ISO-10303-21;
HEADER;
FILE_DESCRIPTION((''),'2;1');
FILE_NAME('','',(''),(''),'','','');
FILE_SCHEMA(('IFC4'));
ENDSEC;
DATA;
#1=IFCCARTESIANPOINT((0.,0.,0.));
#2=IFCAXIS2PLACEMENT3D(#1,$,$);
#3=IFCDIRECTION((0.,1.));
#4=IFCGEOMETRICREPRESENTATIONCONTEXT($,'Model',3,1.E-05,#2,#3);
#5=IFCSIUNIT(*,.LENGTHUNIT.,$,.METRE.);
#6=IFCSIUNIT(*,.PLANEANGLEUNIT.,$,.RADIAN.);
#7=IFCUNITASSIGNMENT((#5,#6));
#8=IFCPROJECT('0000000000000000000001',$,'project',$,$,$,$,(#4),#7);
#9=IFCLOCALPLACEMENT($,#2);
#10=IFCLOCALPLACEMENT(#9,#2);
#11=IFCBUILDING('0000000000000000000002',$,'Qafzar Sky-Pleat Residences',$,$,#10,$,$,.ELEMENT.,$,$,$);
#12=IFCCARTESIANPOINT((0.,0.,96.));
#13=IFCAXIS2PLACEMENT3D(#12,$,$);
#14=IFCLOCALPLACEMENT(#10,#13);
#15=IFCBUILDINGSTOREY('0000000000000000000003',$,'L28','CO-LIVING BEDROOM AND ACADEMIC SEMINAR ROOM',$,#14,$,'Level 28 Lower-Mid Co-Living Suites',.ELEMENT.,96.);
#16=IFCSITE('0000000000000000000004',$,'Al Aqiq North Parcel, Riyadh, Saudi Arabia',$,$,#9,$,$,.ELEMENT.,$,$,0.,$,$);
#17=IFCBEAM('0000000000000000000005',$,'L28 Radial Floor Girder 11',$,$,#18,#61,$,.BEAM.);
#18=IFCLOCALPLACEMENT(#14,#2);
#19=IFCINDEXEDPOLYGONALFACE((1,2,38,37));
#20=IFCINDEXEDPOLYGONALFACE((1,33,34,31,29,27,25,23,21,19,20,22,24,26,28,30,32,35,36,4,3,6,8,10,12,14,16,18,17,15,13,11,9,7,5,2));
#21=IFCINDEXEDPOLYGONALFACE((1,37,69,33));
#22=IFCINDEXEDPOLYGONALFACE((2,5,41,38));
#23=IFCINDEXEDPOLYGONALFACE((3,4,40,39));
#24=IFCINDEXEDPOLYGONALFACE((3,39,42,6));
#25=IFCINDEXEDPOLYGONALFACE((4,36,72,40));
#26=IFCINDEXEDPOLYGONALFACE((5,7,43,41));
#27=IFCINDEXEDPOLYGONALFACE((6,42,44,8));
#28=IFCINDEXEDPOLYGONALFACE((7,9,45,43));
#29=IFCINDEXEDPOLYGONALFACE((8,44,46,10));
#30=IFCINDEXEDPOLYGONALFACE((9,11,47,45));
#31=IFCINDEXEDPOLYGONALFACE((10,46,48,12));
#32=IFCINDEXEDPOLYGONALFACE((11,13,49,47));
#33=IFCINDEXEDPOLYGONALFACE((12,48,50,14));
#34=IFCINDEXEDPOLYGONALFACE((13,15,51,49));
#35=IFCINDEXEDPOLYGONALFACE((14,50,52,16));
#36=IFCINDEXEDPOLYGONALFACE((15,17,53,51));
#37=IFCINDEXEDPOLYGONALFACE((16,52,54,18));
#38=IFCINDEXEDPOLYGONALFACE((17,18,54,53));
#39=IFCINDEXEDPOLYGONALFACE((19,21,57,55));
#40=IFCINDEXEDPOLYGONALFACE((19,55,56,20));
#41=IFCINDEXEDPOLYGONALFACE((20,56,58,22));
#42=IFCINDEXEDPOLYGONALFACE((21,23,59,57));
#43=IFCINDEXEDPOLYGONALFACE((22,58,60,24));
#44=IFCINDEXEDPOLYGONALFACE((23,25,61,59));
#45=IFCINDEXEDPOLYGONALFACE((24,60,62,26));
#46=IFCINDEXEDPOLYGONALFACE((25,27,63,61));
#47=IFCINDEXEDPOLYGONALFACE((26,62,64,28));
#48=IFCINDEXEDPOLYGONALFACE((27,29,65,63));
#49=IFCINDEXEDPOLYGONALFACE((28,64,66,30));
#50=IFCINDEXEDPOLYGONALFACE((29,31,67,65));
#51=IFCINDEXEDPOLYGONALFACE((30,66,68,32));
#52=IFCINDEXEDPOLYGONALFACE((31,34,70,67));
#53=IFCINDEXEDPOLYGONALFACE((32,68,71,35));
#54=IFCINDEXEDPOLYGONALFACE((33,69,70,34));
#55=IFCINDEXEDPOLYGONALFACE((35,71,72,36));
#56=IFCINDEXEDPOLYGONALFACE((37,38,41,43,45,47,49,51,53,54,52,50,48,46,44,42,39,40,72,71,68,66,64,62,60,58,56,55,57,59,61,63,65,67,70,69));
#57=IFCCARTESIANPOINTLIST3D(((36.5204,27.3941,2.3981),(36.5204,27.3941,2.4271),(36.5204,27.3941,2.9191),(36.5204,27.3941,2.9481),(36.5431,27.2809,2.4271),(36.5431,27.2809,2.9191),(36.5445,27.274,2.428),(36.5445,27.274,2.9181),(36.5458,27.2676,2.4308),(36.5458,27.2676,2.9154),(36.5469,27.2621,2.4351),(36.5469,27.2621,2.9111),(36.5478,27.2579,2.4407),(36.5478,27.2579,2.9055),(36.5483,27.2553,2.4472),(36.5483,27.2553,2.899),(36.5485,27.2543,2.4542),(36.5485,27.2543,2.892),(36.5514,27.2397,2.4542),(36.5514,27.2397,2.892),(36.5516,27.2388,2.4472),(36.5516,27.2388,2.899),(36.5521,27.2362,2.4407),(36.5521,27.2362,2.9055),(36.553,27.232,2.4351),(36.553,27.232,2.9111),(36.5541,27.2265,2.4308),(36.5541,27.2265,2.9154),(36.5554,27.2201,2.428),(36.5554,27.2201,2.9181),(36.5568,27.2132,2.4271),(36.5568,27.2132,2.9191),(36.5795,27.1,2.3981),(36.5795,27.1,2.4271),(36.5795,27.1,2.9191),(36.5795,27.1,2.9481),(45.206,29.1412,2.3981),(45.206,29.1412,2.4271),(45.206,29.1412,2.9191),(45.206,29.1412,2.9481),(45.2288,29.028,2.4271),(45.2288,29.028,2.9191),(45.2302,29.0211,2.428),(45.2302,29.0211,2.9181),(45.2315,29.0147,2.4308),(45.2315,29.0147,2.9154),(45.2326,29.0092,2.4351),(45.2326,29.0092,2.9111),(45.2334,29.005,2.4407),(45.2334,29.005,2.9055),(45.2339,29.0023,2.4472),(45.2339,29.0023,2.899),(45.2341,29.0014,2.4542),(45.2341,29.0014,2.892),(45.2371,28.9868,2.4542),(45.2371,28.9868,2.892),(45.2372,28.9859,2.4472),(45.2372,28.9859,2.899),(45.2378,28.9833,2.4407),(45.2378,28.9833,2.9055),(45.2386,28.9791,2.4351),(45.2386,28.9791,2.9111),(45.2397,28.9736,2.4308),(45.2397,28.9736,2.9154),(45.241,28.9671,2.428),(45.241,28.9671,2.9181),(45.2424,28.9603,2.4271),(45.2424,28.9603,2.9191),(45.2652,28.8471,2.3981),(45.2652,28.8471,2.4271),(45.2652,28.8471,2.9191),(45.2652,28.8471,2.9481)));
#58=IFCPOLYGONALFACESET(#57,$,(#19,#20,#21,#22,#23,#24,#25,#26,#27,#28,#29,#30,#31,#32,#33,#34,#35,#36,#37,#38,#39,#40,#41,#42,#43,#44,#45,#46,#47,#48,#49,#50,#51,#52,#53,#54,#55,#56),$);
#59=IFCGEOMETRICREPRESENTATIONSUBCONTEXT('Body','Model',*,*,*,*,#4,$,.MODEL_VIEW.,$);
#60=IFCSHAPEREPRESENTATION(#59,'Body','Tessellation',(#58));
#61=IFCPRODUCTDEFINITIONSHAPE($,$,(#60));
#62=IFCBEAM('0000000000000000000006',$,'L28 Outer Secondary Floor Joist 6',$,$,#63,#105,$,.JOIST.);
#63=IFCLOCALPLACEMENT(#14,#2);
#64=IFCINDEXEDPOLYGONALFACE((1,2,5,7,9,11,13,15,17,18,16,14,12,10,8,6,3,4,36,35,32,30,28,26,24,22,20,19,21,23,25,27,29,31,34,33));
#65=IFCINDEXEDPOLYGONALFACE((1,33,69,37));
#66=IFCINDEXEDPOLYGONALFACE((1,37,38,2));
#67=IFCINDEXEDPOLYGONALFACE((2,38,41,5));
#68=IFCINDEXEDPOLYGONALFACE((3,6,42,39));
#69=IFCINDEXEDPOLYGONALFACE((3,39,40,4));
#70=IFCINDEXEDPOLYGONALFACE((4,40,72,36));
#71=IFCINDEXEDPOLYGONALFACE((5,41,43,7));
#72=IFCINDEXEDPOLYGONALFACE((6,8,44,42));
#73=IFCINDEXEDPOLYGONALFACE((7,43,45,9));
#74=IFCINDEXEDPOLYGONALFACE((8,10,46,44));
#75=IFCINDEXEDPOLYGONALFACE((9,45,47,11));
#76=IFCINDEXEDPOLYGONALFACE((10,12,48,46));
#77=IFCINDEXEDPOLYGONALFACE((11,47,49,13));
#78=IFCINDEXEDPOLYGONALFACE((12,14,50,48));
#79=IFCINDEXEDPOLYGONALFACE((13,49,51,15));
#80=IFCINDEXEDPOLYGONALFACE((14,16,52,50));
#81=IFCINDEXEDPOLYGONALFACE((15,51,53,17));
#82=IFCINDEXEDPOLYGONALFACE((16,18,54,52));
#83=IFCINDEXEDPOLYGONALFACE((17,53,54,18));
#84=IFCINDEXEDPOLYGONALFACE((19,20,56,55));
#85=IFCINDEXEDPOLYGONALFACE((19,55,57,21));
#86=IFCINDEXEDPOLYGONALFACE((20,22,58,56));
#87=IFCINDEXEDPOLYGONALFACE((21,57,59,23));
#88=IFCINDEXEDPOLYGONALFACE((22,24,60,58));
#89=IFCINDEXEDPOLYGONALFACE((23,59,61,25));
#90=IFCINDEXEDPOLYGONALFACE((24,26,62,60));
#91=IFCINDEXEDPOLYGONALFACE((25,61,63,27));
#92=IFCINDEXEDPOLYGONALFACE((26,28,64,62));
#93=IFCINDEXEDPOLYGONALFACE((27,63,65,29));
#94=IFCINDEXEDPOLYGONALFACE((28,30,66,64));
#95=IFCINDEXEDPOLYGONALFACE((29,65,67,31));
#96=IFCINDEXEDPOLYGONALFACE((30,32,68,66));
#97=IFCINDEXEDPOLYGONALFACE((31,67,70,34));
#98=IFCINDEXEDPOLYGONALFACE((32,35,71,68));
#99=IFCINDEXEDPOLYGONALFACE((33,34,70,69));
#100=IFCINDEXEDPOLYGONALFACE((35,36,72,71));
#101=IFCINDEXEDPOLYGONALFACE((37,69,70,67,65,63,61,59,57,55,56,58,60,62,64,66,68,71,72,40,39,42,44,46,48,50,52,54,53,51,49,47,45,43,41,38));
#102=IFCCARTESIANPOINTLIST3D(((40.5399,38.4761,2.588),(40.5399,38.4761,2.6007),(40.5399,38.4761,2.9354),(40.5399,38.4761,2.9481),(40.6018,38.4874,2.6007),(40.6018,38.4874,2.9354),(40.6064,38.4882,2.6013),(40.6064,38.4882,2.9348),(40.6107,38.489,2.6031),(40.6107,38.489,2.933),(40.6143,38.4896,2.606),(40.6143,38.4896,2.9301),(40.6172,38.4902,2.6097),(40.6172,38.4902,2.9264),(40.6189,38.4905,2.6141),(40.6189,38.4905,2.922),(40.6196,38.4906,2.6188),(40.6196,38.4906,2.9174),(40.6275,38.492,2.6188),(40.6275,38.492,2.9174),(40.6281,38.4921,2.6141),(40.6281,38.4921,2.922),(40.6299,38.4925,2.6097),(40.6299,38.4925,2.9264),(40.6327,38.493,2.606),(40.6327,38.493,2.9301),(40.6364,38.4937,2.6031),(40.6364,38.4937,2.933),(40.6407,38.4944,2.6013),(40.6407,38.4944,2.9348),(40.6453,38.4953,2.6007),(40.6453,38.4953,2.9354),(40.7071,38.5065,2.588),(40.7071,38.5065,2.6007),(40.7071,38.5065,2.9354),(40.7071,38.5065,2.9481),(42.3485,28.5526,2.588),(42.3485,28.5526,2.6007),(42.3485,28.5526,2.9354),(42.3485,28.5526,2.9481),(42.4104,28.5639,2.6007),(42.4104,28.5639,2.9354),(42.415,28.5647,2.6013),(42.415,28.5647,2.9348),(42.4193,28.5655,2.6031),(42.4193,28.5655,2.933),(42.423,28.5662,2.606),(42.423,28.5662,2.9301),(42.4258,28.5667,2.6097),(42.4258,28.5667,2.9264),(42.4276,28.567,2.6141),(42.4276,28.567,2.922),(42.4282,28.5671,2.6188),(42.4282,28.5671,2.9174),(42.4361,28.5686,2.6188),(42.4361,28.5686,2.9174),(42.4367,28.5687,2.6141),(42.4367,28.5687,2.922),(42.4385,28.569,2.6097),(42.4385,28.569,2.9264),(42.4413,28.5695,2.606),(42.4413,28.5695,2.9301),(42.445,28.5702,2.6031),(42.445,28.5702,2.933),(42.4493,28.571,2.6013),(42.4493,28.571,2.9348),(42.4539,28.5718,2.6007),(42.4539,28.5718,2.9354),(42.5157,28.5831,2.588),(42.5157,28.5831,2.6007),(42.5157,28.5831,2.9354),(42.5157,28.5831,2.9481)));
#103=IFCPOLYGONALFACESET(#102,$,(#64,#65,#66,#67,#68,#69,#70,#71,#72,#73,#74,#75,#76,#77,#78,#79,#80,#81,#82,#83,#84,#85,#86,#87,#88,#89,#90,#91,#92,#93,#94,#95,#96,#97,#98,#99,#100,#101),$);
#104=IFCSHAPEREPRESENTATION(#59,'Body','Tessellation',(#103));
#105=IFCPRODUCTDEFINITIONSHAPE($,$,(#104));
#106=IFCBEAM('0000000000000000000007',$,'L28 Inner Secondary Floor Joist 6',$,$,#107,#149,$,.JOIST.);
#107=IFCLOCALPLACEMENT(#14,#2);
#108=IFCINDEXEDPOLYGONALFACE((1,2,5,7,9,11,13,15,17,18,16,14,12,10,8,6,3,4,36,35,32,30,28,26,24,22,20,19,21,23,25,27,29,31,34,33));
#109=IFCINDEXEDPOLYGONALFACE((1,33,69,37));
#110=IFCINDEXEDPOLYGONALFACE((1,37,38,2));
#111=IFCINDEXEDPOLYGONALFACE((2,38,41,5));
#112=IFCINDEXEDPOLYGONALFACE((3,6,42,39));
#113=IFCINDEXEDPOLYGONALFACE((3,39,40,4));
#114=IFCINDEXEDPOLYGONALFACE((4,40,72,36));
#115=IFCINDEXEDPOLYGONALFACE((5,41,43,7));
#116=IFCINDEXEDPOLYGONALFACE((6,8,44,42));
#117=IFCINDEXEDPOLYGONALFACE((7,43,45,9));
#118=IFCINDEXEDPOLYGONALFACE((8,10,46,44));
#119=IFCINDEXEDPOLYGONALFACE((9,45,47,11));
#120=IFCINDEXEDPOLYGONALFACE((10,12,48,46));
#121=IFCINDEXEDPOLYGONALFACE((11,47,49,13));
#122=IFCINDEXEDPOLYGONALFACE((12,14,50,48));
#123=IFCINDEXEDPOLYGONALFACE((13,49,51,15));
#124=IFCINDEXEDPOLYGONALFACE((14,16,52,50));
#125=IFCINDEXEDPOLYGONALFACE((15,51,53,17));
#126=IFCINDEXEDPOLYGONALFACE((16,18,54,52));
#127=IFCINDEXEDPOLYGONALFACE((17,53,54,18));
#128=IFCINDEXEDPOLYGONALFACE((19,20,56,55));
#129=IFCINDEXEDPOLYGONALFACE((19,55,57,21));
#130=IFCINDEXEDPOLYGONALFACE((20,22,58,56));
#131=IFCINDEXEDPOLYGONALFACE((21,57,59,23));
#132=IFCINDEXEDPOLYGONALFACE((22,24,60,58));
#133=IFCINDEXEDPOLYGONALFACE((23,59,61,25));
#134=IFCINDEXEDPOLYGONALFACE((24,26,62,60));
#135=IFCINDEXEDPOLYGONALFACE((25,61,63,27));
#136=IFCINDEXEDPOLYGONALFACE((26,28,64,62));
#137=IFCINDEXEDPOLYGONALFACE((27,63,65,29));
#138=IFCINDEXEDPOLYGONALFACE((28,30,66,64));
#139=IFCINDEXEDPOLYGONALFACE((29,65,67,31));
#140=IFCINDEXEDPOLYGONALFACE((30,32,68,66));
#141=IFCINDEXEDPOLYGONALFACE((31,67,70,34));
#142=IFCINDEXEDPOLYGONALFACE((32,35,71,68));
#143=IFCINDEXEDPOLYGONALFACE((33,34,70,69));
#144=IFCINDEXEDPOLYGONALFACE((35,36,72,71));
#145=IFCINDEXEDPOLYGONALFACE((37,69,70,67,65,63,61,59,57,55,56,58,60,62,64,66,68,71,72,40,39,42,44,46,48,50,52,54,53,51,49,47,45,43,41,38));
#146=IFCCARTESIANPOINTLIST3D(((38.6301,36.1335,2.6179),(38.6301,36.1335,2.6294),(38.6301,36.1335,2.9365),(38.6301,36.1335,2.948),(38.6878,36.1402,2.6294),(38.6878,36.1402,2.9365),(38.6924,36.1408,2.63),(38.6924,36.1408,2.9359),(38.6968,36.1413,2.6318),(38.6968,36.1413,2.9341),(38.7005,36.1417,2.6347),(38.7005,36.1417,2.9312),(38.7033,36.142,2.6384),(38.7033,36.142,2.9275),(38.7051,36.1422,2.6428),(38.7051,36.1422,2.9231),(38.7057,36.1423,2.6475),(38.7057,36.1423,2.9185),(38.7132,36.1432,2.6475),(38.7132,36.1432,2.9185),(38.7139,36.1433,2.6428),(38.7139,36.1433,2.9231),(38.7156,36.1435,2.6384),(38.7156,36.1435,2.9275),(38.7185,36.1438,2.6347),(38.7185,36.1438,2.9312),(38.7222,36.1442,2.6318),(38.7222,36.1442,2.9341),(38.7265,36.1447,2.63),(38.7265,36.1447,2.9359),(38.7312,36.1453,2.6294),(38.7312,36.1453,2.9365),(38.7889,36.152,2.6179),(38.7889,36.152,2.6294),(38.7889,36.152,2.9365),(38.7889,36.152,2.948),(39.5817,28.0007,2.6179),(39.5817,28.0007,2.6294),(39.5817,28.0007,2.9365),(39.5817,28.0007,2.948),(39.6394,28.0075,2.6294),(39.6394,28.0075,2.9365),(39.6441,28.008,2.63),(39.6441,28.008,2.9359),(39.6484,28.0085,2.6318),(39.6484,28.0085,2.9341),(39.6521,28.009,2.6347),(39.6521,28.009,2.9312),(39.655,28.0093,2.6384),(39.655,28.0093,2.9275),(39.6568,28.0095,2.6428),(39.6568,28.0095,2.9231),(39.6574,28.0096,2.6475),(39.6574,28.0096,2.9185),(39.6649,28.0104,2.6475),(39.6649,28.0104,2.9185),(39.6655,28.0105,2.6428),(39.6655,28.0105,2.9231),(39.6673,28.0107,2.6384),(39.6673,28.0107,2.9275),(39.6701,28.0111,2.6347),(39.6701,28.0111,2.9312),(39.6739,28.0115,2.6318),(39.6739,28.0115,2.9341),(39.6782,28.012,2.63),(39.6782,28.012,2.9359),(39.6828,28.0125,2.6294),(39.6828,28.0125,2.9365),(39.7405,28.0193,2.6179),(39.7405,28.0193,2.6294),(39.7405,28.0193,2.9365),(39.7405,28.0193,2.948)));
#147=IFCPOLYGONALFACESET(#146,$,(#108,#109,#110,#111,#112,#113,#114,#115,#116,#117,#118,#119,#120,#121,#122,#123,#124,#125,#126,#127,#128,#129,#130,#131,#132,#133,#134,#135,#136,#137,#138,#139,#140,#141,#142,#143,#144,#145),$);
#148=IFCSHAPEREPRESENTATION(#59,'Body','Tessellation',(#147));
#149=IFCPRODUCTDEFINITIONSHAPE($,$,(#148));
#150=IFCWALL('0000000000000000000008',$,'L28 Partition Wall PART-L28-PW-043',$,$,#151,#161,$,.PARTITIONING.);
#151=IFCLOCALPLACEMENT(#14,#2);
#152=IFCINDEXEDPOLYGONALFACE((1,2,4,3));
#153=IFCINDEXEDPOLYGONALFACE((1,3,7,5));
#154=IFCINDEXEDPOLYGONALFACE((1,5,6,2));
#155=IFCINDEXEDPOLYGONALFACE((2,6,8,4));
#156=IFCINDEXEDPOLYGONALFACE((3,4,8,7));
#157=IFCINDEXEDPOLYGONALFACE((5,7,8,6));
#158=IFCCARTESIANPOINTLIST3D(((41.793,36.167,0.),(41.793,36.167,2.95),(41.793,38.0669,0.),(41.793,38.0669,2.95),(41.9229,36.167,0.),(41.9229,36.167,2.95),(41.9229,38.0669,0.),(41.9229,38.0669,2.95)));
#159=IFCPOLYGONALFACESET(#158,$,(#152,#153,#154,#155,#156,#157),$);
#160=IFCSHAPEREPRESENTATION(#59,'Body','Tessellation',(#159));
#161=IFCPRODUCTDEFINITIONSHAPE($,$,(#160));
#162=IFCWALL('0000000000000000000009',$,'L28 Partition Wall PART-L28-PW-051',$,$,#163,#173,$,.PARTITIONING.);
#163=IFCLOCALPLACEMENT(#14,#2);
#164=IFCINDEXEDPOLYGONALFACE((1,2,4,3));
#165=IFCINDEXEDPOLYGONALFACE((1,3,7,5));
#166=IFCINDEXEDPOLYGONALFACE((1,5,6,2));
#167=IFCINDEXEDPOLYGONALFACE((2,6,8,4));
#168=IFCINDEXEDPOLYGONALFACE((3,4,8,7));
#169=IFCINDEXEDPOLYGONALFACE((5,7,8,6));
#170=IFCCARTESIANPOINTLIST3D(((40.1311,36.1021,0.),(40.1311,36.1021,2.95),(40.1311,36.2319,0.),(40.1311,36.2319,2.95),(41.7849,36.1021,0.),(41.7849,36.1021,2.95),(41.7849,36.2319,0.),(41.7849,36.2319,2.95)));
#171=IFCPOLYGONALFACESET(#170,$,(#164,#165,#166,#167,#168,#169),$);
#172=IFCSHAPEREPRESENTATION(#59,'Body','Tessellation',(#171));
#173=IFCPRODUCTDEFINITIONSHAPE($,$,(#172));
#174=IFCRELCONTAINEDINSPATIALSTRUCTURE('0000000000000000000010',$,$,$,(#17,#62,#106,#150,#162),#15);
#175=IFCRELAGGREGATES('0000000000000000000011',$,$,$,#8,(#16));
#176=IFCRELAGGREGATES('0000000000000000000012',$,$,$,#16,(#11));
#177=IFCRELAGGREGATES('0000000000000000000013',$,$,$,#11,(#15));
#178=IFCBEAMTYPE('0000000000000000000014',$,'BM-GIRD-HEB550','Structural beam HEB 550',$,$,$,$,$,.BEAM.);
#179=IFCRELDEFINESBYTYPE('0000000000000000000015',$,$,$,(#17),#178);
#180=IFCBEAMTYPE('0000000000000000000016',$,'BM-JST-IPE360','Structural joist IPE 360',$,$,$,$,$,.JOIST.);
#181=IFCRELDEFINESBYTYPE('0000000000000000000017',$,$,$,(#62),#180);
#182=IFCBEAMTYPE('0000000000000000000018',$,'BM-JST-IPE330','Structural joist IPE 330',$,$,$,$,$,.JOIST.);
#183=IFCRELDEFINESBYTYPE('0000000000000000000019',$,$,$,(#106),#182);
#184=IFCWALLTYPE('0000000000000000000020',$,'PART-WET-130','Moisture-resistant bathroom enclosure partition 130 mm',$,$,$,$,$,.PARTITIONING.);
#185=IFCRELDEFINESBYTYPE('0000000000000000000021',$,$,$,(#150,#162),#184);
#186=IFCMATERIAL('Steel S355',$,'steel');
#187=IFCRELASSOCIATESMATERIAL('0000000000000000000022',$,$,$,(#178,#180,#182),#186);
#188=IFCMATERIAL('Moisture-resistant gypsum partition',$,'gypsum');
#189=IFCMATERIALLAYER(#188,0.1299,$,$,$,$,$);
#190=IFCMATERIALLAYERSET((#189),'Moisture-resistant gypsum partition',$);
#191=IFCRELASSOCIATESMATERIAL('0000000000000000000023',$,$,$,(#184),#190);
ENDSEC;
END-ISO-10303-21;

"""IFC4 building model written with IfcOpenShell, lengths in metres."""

from ifc_helpers import new_model, si_unit, direction, frame, frame_2d, origin, origin_2d, place, context, subcontext, project, spatial, rectangle, i_section, extrude, source, transform, mapped, material, layer, layer_set, material_profile, profile_set, type_object, element, save


model = new_model("IFC4")

# Units and contexts
model_context = context("Model", 3, precision=1e-05, world=origin(), true_north=direction((0.0, 1.0)))
body_context = subcontext(model_context, "Body", "Model", "MODEL_VIEW")
ifc_project = project(units=[si_unit("LENGTHUNIT", "METRE"), si_unit("PLANEANGLEUNIT", "RADIAN")], contexts=[model_context])

# Site, building, storey
site_placement = place(None, origin())
site = spatial("IfcSite", under=ifc_project, at=site_placement, Name="Al Aqiq North Parcel, Riyadh, Saudi Arabia", CompositionType="ELEMENT", RefElevation=0.0)
building_placement = place(site_placement, origin())
building = spatial("IfcBuilding", under=site, at=building_placement, Name="Qafzar Sky-Pleat Residences", CompositionType="ELEMENT")
storey_placement = place(building_placement, frame((0.0, 0.0, 96.0)))
storey = spatial("IfcBuildingStorey", under=building, at=storey_placement, Name="L28", Description="CO-LIVING BEDROOM AND ACADEMIC SEMINAR ROOM", LongName="Level 28 Lower-Mid Co-Living Suites", CompositionType="ELEMENT", Elevation=96.0)

# Beams
ifc_material_1 = material(Name="Steel S355", Category="steel")
ifc_material_profile_1 = material_profile(ifc_material_1, i_section(OverallWidth=0.3, OverallDepth=0.55, WebThickness=0.0149, FlangeThickness=0.0291, FilletRadius=0.0271, at=origin_2d()), Name="HEB 550")
ifc_profile_set_1 = profile_set([ifc_material_profile_1], Name="Steel S355")
beam_type_1 = type_object("IfcBeamType", Name="BM-GIRD-HEB550", Description="Structural beam HEB 550", PredefinedType="BEAM", material=ifc_profile_set_1)
shared_shape_1 = source(origin(), body_context, "Body", "SweptSolid", [
    extrude(i_section(OverallWidth=0.3, OverallDepth=0.55, WebThickness=0.0149, FlangeThickness=0.0291, FilletRadius=0.0271, at=origin_2d()), origin(), (0.0, 0.0, 1.0), 8.8596),
])
beam_1_placement = place(storey_placement, frame((45.2356, 28.9941, 2.6731), z_axis=(-0.980364, -0.197197, 0.0), x_axis=(0.197197, -0.980364, 0.0)))
element("IfcBeam", 1, at=beam_1_placement, inside=storey, type_object=beam_type_1, Name="L28 Radial Floor Girder 11", PredefinedType="BEAM", context=body_context, shape_type="MappedRepresentation", body=[
    mapped(shared_shape_1, transform((0.0, 0.0, 0.0), x_axis=(1.0, 0.0, 0.0), y_axis=(0.0, 1.0, 0.0), z_axis=(0.0, 0.0, 1.0), scale=1.0)),
])
ifc_material_profile_2 = material_profile(ifc_material_1, i_section(OverallWidth=0.1699, OverallDepth=0.3601, WebThickness=0.0081, FlangeThickness=0.0127, FilletRadius=0.0181, at=origin_2d()), Name="IPE 360")
ifc_profile_set_2 = profile_set([ifc_material_profile_2], Name="Steel S355")
beam_type_2 = type_object("IfcBeamType", Name="BM-JST-IPE360", Description="Structural joist IPE 360", PredefinedType="JOIST", material=ifc_profile_set_2)
shared_shape_2 = source(origin(), body_context, "Body", "SweptSolid", [
    extrude(i_section(OverallWidth=0.1699, OverallDepth=0.3601, WebThickness=0.0081, FlangeThickness=0.0127, FilletRadius=0.0181, at=origin_2d()), origin(), (0.0, 0.0, 1.0), 10.0869),
])
beam_2_placement = place(storey_placement, frame((42.4321, 28.5679, 2.7681), z_axis=(-0.179303, 0.983794, 0.0), x_axis=(-0.983794, -0.179303, 0.0)))
element("IfcBeam", 2, at=beam_2_placement, inside=storey, type_object=beam_type_2, Name="L28 Outer Secondary Floor Joist 6", PredefinedType="JOIST", context=body_context, shape_type="MappedRepresentation", body=[
    mapped(shared_shape_2, transform((0.0, 0.0, 0.0), x_axis=(1.0, 0.0, 0.0), y_axis=(0.0, 1.0, 0.0), z_axis=(0.0, 0.0, 1.0), scale=1.0)),
])
ifc_material_profile_3 = material_profile(ifc_material_1, i_section(OverallWidth=0.1599, OverallDepth=0.3301, WebThickness=0.0076, FlangeThickness=0.0115, FilletRadius=0.0181, at=origin_2d()), Name="IPE 330")
ifc_profile_set_3 = profile_set([ifc_material_profile_3], Name="Steel S355")
beam_type_3 = type_object("IfcBeamType", Name="BM-JST-IPE330", Description="Structural joist IPE 330", PredefinedType="JOIST", material=ifc_profile_set_3)
shared_shape_3 = source(origin(), body_context, "Body", "SweptSolid", [
    extrude(i_section(OverallWidth=0.1599, OverallDepth=0.3301, WebThickness=0.0076, FlangeThickness=0.0115, FilletRadius=0.0181, at=origin_2d()), origin(), (0.0, 0.0, 1.0), 8.1882),
])
beam_3_placement = place(storey_placement, frame((39.6611, 28.01, 2.783), z_axis=(-0.116222, 0.993223, 0.0), x_axis=(-0.993223, -0.116222, 0.0)))
element("IfcBeam", 3, at=beam_3_placement, inside=storey, type_object=beam_type_3, Name="L28 Inner Secondary Floor Joist 6", PredefinedType="JOIST", context=body_context, shape_type="MappedRepresentation", body=[
    mapped(shared_shape_3, transform((0.0, 0.0, 0.0), x_axis=(1.0, 0.0, 0.0), y_axis=(0.0, 1.0, 0.0), z_axis=(0.0, 0.0, 1.0), scale=1.0)),
])

# Walls
ifc_material_2 = material(Name="Moisture-resistant gypsum partition", Category="gypsum")
ifc_layer_1 = layer(ifc_material_2, 0.1299)
ifc_layer_set_1 = layer_set([ifc_layer_1], Name="Moisture-resistant gypsum partition")
wall_type_1 = type_object("IfcWallType", Name="PART-WET-130", Description="Moisture-resistant bathroom enclosure partition 130 mm", PredefinedType="PARTITIONING", material=ifc_layer_set_1)
wall_1_placement = place(storey_placement, frame((41.8579, 36.167, 0.0), z_axis=(0.0, 0.0, 1.0), x_axis=(0.0, 1.0, 0.0)))
element("IfcWall", 4, at=wall_1_placement, inside=storey, type_object=wall_type_1, Name="L28 Partition Wall PART-L28-PW-043", PredefinedType="PARTITIONING", context=body_context, shape_type="SweptSolid", body=[
    extrude(rectangle(XDim=1.8999, YDim=0.1299, at=frame_2d((0.95, 0.0))), origin(), (0.0, 0.0, 1.0), 2.95),
])
wall_2_placement = place(storey_placement, frame((40.1311, 36.167, 0.0), z_axis=(0.0, 0.0, 1.0), x_axis=(1.0, 0.0, 0.0)))
element("IfcWall", 5, at=wall_2_placement, inside=storey, type_object=wall_type_1, Name="L28 Partition Wall PART-L28-PW-051", PredefinedType="PARTITIONING", context=body_context, shape_type="SweptSolid", body=[
    extrude(rectangle(XDim=1.6538, YDim=0.1299, at=frame_2d((0.8269, 0.0))), origin(), (0.0, 0.0, 1.0), 2.95),
])

save(model, "model.ifc")
